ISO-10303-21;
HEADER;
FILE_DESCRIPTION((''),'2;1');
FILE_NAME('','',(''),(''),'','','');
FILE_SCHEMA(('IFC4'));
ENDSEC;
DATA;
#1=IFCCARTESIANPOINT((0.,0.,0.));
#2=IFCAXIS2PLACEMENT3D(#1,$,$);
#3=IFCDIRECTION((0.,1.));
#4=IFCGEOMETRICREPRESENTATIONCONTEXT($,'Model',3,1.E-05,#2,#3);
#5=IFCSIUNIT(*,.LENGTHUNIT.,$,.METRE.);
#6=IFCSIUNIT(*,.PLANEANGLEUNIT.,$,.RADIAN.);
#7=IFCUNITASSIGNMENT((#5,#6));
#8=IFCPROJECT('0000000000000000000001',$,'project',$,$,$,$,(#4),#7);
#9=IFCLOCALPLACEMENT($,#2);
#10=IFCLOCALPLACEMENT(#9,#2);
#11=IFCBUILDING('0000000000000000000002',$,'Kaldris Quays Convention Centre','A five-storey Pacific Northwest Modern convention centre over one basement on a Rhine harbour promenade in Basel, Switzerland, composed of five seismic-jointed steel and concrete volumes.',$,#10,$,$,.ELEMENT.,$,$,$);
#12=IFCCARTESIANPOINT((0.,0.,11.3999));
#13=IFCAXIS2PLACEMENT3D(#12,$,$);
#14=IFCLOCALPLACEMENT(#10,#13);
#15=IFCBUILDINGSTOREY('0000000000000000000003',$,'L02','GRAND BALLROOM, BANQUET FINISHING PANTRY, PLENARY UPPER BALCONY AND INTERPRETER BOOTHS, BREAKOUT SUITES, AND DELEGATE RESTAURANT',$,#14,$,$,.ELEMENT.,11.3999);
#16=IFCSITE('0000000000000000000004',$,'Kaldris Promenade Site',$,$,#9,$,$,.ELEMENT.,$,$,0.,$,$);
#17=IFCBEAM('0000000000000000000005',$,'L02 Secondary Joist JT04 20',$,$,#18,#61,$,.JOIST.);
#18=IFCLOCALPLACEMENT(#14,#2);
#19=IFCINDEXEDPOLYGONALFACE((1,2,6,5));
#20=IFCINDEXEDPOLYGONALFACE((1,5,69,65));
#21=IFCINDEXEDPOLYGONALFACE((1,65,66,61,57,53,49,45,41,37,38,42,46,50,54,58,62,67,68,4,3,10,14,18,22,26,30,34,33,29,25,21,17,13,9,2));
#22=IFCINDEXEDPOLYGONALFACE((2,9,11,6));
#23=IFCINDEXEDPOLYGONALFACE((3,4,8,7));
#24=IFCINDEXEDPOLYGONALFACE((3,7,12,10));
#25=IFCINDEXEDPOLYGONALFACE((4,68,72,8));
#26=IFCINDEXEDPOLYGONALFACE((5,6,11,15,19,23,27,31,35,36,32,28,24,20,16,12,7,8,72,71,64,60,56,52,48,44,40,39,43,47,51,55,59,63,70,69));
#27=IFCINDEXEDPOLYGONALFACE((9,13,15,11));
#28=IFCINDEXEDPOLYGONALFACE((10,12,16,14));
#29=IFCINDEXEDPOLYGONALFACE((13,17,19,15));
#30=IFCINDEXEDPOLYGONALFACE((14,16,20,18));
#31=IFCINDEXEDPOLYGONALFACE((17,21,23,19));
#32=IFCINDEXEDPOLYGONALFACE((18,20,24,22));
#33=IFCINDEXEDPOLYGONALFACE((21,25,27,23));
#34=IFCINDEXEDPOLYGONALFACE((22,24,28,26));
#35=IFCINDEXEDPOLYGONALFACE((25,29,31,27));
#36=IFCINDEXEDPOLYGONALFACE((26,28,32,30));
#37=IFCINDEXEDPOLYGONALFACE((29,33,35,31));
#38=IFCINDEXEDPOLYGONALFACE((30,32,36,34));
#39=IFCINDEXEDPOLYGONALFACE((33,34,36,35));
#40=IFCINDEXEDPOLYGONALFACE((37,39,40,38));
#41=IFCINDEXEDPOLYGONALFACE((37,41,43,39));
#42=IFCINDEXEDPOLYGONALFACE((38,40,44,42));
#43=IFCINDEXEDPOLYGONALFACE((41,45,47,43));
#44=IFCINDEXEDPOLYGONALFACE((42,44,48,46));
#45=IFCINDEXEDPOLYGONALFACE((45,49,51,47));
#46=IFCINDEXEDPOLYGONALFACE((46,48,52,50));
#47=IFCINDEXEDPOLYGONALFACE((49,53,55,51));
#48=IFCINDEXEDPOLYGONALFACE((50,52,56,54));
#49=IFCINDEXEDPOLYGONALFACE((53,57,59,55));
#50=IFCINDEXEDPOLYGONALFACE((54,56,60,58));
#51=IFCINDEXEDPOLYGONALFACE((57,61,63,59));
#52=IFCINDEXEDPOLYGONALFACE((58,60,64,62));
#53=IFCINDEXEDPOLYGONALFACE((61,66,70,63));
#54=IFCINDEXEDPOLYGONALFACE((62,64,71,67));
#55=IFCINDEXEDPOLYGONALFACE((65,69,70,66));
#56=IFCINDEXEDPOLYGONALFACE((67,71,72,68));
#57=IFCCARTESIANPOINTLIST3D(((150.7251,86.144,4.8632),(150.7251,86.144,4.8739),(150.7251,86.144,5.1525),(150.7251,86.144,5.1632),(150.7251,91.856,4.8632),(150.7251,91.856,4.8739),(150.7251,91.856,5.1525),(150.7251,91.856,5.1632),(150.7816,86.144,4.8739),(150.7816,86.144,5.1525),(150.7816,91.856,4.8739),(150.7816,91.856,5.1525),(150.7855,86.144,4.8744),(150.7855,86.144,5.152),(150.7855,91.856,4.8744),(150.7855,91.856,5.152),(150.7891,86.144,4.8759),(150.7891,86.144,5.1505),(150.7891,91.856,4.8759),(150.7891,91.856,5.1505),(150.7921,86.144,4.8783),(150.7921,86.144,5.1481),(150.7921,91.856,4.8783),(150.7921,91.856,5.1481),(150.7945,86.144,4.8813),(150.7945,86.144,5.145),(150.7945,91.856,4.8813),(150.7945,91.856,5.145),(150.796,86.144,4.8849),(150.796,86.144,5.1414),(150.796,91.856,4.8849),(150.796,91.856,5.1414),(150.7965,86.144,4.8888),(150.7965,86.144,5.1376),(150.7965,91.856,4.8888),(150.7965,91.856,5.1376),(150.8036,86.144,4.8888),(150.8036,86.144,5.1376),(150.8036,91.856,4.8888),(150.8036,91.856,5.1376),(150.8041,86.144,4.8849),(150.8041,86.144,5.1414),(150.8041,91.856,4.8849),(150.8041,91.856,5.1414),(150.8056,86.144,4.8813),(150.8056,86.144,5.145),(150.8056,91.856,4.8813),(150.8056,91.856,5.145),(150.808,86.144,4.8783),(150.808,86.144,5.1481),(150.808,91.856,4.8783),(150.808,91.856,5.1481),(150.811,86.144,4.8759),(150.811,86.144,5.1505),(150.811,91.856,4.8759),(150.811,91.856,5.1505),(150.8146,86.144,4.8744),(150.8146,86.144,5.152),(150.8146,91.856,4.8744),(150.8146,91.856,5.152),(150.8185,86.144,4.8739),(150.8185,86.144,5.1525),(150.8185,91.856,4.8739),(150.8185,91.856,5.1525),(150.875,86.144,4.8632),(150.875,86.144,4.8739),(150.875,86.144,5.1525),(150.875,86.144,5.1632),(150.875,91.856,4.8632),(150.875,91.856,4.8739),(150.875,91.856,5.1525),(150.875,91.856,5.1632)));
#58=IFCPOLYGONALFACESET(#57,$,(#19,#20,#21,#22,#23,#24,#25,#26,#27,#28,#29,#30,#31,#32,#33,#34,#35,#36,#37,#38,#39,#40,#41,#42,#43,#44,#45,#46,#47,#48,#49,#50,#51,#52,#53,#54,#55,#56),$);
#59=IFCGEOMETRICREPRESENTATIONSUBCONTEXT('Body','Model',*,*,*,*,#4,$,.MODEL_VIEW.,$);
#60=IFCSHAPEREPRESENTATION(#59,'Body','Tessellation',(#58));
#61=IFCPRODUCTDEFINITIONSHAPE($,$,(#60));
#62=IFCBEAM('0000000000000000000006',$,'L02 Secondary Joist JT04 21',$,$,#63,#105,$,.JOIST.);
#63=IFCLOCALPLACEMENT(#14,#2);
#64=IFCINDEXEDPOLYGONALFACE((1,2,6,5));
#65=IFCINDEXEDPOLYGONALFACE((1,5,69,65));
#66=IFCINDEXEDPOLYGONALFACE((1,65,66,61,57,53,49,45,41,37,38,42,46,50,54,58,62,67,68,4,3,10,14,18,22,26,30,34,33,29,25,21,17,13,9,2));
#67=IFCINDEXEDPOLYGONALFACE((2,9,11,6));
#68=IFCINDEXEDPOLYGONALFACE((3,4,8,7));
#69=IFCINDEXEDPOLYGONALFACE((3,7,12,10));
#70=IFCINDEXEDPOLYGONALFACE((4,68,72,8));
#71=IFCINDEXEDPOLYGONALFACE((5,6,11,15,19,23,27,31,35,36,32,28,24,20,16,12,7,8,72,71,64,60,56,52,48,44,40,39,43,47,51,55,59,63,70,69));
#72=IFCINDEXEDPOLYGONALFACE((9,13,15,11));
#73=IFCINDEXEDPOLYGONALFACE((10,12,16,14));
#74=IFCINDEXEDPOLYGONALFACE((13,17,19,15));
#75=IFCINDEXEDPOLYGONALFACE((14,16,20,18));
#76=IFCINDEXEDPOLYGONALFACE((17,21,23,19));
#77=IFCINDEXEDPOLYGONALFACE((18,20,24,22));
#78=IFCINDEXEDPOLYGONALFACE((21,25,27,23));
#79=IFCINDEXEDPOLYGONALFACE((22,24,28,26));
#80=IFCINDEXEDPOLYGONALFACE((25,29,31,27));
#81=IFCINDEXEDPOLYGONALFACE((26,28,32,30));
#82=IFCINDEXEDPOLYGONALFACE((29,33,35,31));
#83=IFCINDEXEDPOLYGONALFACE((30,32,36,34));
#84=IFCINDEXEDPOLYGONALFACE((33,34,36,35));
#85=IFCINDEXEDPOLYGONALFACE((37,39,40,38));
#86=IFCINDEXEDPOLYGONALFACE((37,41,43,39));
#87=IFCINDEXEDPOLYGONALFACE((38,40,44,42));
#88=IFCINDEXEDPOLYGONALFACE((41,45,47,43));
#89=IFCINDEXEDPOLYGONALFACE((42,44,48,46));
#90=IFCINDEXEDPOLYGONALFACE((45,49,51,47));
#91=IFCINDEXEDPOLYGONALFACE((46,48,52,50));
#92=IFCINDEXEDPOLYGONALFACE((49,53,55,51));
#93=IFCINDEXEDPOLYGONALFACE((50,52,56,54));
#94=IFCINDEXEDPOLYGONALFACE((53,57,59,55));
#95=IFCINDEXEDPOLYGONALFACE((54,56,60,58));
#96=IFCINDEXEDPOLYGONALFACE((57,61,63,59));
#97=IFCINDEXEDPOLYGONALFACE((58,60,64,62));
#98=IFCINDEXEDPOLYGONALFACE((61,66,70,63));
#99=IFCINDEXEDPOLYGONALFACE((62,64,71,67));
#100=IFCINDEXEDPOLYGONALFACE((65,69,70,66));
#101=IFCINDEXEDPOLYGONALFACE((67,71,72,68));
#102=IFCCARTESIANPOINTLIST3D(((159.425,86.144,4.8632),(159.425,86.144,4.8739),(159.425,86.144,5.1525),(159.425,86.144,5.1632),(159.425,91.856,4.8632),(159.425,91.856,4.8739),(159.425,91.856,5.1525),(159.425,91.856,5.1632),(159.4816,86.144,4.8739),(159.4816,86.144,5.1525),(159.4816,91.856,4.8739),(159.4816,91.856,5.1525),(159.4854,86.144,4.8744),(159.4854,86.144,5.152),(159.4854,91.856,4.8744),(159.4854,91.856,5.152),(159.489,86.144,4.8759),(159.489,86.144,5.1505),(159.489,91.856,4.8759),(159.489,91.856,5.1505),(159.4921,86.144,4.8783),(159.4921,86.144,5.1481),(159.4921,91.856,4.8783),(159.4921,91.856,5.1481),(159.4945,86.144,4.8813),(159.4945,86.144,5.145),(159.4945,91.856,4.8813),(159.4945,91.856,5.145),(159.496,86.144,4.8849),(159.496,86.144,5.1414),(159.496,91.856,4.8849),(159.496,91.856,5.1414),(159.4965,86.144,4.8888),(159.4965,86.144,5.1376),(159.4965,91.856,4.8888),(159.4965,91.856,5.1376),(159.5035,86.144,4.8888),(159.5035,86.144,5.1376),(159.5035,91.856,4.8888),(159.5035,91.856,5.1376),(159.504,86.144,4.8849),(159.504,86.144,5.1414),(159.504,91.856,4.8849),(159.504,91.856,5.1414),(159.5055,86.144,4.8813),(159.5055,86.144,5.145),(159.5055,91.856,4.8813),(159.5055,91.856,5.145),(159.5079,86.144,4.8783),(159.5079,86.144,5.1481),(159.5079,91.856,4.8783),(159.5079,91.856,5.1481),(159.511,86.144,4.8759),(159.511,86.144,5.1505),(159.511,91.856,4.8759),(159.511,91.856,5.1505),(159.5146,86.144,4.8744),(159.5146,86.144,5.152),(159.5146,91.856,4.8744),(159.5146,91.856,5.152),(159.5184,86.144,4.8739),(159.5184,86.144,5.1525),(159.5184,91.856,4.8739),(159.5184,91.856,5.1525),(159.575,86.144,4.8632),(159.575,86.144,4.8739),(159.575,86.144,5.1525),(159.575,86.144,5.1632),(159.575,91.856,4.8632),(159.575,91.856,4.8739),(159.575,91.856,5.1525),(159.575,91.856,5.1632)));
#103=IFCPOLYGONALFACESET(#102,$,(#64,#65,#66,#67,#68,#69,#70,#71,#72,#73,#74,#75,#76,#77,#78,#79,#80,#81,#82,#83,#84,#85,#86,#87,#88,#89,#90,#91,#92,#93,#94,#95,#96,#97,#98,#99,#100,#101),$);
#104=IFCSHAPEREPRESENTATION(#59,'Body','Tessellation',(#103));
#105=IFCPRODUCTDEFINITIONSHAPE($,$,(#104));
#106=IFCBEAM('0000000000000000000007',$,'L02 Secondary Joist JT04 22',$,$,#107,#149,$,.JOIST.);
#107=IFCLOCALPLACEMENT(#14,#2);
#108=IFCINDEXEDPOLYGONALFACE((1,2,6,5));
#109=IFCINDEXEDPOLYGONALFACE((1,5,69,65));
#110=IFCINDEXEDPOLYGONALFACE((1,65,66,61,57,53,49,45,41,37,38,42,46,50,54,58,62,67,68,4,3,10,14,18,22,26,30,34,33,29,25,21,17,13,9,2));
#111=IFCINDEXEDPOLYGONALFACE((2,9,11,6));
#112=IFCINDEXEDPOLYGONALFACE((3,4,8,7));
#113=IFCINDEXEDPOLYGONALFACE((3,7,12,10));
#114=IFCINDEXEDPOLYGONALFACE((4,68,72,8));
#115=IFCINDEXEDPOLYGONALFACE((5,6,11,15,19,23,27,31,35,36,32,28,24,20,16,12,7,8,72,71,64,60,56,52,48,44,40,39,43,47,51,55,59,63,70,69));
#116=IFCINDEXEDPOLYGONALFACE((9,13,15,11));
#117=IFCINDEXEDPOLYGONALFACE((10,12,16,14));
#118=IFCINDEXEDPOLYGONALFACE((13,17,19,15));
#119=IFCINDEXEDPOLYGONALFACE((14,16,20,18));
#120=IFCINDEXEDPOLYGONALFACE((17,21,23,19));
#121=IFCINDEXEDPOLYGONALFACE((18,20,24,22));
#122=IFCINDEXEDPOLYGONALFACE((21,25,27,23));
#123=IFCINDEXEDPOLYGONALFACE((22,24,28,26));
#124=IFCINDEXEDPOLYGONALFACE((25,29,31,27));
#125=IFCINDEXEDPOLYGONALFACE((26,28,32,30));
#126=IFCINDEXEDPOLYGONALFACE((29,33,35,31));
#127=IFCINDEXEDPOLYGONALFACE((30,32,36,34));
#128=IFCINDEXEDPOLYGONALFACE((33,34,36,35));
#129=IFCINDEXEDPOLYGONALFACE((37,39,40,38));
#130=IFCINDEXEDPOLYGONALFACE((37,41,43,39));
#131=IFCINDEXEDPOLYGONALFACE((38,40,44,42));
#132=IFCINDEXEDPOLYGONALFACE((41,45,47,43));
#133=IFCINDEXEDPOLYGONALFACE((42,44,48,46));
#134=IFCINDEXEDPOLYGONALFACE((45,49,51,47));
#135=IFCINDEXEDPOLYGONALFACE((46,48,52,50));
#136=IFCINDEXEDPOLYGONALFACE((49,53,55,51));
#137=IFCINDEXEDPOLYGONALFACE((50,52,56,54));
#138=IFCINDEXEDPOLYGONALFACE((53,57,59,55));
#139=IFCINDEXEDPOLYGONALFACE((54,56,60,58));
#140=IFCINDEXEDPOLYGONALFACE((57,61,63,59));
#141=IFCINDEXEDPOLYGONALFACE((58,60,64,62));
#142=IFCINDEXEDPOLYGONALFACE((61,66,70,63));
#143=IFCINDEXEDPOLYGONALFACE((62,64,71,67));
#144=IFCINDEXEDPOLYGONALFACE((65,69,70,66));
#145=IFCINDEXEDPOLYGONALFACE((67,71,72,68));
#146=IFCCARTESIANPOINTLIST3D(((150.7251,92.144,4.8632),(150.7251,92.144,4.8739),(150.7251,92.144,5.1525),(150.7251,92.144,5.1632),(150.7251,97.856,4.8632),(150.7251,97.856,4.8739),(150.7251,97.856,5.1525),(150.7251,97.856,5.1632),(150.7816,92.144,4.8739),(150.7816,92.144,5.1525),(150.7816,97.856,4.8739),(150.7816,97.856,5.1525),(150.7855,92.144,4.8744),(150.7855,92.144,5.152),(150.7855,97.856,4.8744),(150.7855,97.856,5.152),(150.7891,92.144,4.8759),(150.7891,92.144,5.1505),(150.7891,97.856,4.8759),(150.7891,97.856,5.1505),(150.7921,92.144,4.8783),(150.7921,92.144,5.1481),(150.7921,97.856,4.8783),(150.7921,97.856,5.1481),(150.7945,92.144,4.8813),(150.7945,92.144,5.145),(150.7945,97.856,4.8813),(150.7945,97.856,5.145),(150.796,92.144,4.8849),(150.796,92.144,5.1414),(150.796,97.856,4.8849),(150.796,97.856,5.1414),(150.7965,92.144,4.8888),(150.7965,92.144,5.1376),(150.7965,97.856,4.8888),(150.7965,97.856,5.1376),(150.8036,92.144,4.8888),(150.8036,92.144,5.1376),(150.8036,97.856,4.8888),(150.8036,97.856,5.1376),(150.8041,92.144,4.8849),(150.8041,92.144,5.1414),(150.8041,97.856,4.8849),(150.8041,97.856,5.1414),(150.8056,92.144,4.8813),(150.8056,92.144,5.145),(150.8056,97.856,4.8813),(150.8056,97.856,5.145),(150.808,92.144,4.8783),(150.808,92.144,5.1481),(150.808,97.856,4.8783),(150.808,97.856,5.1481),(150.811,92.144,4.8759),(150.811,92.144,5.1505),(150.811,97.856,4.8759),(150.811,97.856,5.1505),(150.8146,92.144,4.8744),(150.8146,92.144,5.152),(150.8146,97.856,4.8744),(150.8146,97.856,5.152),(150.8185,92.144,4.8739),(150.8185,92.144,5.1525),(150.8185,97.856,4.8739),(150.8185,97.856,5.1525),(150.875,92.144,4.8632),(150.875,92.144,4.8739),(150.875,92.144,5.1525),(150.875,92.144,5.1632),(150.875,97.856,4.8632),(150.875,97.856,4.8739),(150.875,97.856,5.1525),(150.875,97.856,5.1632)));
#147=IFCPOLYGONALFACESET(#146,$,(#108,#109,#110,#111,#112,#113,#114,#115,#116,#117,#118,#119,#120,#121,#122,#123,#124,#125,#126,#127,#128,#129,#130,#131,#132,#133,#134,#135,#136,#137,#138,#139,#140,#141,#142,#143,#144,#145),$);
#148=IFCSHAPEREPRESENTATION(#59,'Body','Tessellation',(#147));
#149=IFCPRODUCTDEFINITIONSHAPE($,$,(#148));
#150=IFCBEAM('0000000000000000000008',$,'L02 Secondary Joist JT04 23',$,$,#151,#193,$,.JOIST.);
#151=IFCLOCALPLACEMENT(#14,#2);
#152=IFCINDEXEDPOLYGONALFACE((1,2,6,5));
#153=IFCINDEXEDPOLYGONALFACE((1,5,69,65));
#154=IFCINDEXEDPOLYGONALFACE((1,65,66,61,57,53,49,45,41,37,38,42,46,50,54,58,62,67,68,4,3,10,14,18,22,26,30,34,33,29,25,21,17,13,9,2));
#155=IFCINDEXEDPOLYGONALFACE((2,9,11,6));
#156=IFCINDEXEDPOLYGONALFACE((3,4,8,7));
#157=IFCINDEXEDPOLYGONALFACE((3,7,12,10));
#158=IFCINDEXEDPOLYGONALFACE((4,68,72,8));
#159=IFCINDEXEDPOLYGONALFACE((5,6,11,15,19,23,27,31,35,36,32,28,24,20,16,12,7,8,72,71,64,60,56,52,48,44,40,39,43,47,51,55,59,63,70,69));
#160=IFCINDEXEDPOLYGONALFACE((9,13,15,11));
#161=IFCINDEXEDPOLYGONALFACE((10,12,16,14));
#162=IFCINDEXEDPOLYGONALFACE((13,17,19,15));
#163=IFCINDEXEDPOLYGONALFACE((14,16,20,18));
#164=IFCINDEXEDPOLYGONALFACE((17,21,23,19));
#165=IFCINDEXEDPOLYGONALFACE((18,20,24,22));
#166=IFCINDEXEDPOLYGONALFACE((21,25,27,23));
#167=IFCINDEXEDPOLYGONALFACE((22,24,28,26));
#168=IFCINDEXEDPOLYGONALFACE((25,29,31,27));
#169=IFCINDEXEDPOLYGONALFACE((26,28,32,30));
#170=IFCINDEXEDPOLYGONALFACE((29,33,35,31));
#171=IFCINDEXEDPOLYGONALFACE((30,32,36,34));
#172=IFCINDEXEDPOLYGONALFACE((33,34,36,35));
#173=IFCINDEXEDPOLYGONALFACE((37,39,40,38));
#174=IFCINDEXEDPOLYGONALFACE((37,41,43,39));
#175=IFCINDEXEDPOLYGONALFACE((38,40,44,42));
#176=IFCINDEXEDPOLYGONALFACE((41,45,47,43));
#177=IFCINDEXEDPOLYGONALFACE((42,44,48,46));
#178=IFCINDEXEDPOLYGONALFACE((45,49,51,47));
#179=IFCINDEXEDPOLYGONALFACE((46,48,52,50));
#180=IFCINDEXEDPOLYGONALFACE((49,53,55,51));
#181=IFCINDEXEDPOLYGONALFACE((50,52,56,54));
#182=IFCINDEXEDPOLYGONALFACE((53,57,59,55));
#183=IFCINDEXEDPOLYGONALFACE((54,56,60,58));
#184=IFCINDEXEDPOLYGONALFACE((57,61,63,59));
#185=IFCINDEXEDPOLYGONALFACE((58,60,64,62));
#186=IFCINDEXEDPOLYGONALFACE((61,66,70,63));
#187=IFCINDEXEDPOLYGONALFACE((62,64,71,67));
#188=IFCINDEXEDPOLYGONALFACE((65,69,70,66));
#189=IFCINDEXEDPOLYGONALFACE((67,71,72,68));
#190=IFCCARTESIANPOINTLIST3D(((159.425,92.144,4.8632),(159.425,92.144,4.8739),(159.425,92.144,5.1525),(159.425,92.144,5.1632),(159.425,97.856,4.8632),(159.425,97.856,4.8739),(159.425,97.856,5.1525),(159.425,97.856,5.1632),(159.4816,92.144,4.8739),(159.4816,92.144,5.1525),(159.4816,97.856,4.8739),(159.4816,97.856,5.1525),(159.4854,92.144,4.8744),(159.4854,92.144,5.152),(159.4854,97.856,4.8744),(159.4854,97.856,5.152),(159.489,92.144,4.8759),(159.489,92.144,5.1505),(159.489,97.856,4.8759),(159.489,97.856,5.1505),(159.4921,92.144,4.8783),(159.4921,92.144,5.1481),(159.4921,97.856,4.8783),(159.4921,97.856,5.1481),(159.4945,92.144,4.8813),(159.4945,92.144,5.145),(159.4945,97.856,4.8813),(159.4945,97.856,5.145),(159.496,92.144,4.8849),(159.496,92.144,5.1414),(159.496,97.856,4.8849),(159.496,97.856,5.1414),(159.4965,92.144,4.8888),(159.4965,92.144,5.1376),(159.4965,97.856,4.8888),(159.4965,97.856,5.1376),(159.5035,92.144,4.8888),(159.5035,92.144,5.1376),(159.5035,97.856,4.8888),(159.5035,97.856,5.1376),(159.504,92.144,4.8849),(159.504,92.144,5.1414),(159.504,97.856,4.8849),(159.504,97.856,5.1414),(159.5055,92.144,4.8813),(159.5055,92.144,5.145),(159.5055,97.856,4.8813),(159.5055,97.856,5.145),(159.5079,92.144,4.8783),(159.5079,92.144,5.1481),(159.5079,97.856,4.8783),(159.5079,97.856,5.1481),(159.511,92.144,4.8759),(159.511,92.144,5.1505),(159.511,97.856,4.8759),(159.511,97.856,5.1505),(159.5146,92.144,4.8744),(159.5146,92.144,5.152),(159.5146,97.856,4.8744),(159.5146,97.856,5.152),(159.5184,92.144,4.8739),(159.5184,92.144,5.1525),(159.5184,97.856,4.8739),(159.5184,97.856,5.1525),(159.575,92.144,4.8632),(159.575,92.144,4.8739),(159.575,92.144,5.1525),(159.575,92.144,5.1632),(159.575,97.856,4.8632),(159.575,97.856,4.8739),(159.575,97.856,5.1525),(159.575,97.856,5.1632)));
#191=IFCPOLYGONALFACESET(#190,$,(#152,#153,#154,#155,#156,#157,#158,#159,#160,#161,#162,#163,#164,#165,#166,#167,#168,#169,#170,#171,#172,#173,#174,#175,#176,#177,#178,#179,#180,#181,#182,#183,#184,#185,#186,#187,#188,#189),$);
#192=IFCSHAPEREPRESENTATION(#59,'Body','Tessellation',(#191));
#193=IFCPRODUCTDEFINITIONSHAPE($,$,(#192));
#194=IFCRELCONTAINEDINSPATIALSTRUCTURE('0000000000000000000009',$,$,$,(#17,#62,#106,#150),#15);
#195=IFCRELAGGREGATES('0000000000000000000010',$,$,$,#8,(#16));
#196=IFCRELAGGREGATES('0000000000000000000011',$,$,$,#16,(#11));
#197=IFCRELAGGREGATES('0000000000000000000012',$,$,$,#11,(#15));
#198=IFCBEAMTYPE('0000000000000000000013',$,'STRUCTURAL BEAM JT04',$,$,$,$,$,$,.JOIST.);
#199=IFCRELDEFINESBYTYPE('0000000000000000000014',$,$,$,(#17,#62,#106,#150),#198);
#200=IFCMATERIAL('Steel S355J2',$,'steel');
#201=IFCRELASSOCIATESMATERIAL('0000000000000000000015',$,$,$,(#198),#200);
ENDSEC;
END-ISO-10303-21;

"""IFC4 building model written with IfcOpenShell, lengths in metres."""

from ifc_helpers import new_model, si_unit, direction, frame, origin, origin_2d, place, context, subcontext, project, spatial, i_section, extrude, material, material_profile, profile_set, type_object, element, save


model = new_model("IFC4")

# Units and contexts
model_context = context("Model", 3, precision=1e-05, world=origin(), true_north=direction((0.0, 1.0)))
body_context = subcontext(model_context, "Body", "Model", "MODEL_VIEW")
ifc_project = project(units=[si_unit("LENGTHUNIT", "METRE"), si_unit("PLANEANGLEUNIT", "RADIAN")], contexts=[model_context])

# Site, building, storey
site_placement = place(None, origin())
site = spatial("IfcSite", under=ifc_project, at=site_placement, Name="Kaldris Promenade Site", CompositionType="ELEMENT", RefElevation=0.0)
building_placement = place(site_placement, origin())
building = spatial("IfcBuilding", under=site, at=building_placement, Name="Kaldris Quays Convention Centre", Description="A five-storey Pacific Northwest Modern convention centre over one basement on a Rhine harbour promenade in Basel, Switzerland, composed of five seismic-jointed steel and concrete volumes.", CompositionType="ELEMENT")
storey_placement = place(building_placement, frame((0.0, 0.0, 11.3999)))
storey = spatial("IfcBuildingStorey", under=building, at=storey_placement, Name="L02", Description="GRAND BALLROOM, BANQUET FINISHING PANTRY, PLENARY UPPER BALCONY AND INTERPRETER BOOTHS, BREAKOUT SUITES, AND DELEGATE RESTAURANT", CompositionType="ELEMENT", Elevation=11.3999)

# Shared definitions
ifc_material_1 = material(Name="Steel S355J2", Category="steel")

# Beams
ifc_material_profile_1 = material_profile(ifc_material_1, i_section(OverallWidth=0.1499, OverallDepth=0.3, WebThickness=0.0071, FlangeThickness=0.0107, FilletRadius=0.0149, at=origin_2d()), Name="IPE 300")
ifc_profile_set_1 = profile_set([ifc_material_profile_1], Name="Steel S355J2")
beam_type_1 = type_object("IfcBeamType", Name="STRUCTURAL BEAM JT04", PredefinedType="JOIST", material=ifc_profile_set_1)
for number, where, z_axis, x_axis, name in (
    (1, (150.8, 86.144, 5.0132), (0.0, 1.0, 0.0), (-1.0, 0.0, 0.0), "L02 Secondary Joist JT04 20"),
    (2, (159.5, 86.144, 5.0132), (0.0, 1.0, 0.0), (-1.0, 0.0, 0.0), "L02 Secondary Joist JT04 21"),
    (3, (150.8, 92.144, 5.0132), (0.0, 1.0, 0.0), (-1.0, 0.0, 0.0), "L02 Secondary Joist JT04 22"),
    (4, (159.5, 92.144, 5.0132), (0.0, 1.0, 0.0), (-1.0, 0.0, 0.0), "L02 Secondary Joist JT04 23"),
):
    element("IfcBeam", number, at=place(storey_placement, frame(where, z_axis=z_axis, x_axis=x_axis)), inside=storey, type_object=beam_type_1, Name=name, PredefinedType="JOIST", context=body_context, shape_type="SweptSolid", body=[
        extrude(i_section(OverallWidth=0.1499, OverallDepth=0.3, WebThickness=0.0071, FlangeThickness=0.0107, FilletRadius=0.0149, at=origin_2d()), origin(), (0.0, 0.0, 1.0), 5.7119),
    ])

save(model, "model.ifc")
